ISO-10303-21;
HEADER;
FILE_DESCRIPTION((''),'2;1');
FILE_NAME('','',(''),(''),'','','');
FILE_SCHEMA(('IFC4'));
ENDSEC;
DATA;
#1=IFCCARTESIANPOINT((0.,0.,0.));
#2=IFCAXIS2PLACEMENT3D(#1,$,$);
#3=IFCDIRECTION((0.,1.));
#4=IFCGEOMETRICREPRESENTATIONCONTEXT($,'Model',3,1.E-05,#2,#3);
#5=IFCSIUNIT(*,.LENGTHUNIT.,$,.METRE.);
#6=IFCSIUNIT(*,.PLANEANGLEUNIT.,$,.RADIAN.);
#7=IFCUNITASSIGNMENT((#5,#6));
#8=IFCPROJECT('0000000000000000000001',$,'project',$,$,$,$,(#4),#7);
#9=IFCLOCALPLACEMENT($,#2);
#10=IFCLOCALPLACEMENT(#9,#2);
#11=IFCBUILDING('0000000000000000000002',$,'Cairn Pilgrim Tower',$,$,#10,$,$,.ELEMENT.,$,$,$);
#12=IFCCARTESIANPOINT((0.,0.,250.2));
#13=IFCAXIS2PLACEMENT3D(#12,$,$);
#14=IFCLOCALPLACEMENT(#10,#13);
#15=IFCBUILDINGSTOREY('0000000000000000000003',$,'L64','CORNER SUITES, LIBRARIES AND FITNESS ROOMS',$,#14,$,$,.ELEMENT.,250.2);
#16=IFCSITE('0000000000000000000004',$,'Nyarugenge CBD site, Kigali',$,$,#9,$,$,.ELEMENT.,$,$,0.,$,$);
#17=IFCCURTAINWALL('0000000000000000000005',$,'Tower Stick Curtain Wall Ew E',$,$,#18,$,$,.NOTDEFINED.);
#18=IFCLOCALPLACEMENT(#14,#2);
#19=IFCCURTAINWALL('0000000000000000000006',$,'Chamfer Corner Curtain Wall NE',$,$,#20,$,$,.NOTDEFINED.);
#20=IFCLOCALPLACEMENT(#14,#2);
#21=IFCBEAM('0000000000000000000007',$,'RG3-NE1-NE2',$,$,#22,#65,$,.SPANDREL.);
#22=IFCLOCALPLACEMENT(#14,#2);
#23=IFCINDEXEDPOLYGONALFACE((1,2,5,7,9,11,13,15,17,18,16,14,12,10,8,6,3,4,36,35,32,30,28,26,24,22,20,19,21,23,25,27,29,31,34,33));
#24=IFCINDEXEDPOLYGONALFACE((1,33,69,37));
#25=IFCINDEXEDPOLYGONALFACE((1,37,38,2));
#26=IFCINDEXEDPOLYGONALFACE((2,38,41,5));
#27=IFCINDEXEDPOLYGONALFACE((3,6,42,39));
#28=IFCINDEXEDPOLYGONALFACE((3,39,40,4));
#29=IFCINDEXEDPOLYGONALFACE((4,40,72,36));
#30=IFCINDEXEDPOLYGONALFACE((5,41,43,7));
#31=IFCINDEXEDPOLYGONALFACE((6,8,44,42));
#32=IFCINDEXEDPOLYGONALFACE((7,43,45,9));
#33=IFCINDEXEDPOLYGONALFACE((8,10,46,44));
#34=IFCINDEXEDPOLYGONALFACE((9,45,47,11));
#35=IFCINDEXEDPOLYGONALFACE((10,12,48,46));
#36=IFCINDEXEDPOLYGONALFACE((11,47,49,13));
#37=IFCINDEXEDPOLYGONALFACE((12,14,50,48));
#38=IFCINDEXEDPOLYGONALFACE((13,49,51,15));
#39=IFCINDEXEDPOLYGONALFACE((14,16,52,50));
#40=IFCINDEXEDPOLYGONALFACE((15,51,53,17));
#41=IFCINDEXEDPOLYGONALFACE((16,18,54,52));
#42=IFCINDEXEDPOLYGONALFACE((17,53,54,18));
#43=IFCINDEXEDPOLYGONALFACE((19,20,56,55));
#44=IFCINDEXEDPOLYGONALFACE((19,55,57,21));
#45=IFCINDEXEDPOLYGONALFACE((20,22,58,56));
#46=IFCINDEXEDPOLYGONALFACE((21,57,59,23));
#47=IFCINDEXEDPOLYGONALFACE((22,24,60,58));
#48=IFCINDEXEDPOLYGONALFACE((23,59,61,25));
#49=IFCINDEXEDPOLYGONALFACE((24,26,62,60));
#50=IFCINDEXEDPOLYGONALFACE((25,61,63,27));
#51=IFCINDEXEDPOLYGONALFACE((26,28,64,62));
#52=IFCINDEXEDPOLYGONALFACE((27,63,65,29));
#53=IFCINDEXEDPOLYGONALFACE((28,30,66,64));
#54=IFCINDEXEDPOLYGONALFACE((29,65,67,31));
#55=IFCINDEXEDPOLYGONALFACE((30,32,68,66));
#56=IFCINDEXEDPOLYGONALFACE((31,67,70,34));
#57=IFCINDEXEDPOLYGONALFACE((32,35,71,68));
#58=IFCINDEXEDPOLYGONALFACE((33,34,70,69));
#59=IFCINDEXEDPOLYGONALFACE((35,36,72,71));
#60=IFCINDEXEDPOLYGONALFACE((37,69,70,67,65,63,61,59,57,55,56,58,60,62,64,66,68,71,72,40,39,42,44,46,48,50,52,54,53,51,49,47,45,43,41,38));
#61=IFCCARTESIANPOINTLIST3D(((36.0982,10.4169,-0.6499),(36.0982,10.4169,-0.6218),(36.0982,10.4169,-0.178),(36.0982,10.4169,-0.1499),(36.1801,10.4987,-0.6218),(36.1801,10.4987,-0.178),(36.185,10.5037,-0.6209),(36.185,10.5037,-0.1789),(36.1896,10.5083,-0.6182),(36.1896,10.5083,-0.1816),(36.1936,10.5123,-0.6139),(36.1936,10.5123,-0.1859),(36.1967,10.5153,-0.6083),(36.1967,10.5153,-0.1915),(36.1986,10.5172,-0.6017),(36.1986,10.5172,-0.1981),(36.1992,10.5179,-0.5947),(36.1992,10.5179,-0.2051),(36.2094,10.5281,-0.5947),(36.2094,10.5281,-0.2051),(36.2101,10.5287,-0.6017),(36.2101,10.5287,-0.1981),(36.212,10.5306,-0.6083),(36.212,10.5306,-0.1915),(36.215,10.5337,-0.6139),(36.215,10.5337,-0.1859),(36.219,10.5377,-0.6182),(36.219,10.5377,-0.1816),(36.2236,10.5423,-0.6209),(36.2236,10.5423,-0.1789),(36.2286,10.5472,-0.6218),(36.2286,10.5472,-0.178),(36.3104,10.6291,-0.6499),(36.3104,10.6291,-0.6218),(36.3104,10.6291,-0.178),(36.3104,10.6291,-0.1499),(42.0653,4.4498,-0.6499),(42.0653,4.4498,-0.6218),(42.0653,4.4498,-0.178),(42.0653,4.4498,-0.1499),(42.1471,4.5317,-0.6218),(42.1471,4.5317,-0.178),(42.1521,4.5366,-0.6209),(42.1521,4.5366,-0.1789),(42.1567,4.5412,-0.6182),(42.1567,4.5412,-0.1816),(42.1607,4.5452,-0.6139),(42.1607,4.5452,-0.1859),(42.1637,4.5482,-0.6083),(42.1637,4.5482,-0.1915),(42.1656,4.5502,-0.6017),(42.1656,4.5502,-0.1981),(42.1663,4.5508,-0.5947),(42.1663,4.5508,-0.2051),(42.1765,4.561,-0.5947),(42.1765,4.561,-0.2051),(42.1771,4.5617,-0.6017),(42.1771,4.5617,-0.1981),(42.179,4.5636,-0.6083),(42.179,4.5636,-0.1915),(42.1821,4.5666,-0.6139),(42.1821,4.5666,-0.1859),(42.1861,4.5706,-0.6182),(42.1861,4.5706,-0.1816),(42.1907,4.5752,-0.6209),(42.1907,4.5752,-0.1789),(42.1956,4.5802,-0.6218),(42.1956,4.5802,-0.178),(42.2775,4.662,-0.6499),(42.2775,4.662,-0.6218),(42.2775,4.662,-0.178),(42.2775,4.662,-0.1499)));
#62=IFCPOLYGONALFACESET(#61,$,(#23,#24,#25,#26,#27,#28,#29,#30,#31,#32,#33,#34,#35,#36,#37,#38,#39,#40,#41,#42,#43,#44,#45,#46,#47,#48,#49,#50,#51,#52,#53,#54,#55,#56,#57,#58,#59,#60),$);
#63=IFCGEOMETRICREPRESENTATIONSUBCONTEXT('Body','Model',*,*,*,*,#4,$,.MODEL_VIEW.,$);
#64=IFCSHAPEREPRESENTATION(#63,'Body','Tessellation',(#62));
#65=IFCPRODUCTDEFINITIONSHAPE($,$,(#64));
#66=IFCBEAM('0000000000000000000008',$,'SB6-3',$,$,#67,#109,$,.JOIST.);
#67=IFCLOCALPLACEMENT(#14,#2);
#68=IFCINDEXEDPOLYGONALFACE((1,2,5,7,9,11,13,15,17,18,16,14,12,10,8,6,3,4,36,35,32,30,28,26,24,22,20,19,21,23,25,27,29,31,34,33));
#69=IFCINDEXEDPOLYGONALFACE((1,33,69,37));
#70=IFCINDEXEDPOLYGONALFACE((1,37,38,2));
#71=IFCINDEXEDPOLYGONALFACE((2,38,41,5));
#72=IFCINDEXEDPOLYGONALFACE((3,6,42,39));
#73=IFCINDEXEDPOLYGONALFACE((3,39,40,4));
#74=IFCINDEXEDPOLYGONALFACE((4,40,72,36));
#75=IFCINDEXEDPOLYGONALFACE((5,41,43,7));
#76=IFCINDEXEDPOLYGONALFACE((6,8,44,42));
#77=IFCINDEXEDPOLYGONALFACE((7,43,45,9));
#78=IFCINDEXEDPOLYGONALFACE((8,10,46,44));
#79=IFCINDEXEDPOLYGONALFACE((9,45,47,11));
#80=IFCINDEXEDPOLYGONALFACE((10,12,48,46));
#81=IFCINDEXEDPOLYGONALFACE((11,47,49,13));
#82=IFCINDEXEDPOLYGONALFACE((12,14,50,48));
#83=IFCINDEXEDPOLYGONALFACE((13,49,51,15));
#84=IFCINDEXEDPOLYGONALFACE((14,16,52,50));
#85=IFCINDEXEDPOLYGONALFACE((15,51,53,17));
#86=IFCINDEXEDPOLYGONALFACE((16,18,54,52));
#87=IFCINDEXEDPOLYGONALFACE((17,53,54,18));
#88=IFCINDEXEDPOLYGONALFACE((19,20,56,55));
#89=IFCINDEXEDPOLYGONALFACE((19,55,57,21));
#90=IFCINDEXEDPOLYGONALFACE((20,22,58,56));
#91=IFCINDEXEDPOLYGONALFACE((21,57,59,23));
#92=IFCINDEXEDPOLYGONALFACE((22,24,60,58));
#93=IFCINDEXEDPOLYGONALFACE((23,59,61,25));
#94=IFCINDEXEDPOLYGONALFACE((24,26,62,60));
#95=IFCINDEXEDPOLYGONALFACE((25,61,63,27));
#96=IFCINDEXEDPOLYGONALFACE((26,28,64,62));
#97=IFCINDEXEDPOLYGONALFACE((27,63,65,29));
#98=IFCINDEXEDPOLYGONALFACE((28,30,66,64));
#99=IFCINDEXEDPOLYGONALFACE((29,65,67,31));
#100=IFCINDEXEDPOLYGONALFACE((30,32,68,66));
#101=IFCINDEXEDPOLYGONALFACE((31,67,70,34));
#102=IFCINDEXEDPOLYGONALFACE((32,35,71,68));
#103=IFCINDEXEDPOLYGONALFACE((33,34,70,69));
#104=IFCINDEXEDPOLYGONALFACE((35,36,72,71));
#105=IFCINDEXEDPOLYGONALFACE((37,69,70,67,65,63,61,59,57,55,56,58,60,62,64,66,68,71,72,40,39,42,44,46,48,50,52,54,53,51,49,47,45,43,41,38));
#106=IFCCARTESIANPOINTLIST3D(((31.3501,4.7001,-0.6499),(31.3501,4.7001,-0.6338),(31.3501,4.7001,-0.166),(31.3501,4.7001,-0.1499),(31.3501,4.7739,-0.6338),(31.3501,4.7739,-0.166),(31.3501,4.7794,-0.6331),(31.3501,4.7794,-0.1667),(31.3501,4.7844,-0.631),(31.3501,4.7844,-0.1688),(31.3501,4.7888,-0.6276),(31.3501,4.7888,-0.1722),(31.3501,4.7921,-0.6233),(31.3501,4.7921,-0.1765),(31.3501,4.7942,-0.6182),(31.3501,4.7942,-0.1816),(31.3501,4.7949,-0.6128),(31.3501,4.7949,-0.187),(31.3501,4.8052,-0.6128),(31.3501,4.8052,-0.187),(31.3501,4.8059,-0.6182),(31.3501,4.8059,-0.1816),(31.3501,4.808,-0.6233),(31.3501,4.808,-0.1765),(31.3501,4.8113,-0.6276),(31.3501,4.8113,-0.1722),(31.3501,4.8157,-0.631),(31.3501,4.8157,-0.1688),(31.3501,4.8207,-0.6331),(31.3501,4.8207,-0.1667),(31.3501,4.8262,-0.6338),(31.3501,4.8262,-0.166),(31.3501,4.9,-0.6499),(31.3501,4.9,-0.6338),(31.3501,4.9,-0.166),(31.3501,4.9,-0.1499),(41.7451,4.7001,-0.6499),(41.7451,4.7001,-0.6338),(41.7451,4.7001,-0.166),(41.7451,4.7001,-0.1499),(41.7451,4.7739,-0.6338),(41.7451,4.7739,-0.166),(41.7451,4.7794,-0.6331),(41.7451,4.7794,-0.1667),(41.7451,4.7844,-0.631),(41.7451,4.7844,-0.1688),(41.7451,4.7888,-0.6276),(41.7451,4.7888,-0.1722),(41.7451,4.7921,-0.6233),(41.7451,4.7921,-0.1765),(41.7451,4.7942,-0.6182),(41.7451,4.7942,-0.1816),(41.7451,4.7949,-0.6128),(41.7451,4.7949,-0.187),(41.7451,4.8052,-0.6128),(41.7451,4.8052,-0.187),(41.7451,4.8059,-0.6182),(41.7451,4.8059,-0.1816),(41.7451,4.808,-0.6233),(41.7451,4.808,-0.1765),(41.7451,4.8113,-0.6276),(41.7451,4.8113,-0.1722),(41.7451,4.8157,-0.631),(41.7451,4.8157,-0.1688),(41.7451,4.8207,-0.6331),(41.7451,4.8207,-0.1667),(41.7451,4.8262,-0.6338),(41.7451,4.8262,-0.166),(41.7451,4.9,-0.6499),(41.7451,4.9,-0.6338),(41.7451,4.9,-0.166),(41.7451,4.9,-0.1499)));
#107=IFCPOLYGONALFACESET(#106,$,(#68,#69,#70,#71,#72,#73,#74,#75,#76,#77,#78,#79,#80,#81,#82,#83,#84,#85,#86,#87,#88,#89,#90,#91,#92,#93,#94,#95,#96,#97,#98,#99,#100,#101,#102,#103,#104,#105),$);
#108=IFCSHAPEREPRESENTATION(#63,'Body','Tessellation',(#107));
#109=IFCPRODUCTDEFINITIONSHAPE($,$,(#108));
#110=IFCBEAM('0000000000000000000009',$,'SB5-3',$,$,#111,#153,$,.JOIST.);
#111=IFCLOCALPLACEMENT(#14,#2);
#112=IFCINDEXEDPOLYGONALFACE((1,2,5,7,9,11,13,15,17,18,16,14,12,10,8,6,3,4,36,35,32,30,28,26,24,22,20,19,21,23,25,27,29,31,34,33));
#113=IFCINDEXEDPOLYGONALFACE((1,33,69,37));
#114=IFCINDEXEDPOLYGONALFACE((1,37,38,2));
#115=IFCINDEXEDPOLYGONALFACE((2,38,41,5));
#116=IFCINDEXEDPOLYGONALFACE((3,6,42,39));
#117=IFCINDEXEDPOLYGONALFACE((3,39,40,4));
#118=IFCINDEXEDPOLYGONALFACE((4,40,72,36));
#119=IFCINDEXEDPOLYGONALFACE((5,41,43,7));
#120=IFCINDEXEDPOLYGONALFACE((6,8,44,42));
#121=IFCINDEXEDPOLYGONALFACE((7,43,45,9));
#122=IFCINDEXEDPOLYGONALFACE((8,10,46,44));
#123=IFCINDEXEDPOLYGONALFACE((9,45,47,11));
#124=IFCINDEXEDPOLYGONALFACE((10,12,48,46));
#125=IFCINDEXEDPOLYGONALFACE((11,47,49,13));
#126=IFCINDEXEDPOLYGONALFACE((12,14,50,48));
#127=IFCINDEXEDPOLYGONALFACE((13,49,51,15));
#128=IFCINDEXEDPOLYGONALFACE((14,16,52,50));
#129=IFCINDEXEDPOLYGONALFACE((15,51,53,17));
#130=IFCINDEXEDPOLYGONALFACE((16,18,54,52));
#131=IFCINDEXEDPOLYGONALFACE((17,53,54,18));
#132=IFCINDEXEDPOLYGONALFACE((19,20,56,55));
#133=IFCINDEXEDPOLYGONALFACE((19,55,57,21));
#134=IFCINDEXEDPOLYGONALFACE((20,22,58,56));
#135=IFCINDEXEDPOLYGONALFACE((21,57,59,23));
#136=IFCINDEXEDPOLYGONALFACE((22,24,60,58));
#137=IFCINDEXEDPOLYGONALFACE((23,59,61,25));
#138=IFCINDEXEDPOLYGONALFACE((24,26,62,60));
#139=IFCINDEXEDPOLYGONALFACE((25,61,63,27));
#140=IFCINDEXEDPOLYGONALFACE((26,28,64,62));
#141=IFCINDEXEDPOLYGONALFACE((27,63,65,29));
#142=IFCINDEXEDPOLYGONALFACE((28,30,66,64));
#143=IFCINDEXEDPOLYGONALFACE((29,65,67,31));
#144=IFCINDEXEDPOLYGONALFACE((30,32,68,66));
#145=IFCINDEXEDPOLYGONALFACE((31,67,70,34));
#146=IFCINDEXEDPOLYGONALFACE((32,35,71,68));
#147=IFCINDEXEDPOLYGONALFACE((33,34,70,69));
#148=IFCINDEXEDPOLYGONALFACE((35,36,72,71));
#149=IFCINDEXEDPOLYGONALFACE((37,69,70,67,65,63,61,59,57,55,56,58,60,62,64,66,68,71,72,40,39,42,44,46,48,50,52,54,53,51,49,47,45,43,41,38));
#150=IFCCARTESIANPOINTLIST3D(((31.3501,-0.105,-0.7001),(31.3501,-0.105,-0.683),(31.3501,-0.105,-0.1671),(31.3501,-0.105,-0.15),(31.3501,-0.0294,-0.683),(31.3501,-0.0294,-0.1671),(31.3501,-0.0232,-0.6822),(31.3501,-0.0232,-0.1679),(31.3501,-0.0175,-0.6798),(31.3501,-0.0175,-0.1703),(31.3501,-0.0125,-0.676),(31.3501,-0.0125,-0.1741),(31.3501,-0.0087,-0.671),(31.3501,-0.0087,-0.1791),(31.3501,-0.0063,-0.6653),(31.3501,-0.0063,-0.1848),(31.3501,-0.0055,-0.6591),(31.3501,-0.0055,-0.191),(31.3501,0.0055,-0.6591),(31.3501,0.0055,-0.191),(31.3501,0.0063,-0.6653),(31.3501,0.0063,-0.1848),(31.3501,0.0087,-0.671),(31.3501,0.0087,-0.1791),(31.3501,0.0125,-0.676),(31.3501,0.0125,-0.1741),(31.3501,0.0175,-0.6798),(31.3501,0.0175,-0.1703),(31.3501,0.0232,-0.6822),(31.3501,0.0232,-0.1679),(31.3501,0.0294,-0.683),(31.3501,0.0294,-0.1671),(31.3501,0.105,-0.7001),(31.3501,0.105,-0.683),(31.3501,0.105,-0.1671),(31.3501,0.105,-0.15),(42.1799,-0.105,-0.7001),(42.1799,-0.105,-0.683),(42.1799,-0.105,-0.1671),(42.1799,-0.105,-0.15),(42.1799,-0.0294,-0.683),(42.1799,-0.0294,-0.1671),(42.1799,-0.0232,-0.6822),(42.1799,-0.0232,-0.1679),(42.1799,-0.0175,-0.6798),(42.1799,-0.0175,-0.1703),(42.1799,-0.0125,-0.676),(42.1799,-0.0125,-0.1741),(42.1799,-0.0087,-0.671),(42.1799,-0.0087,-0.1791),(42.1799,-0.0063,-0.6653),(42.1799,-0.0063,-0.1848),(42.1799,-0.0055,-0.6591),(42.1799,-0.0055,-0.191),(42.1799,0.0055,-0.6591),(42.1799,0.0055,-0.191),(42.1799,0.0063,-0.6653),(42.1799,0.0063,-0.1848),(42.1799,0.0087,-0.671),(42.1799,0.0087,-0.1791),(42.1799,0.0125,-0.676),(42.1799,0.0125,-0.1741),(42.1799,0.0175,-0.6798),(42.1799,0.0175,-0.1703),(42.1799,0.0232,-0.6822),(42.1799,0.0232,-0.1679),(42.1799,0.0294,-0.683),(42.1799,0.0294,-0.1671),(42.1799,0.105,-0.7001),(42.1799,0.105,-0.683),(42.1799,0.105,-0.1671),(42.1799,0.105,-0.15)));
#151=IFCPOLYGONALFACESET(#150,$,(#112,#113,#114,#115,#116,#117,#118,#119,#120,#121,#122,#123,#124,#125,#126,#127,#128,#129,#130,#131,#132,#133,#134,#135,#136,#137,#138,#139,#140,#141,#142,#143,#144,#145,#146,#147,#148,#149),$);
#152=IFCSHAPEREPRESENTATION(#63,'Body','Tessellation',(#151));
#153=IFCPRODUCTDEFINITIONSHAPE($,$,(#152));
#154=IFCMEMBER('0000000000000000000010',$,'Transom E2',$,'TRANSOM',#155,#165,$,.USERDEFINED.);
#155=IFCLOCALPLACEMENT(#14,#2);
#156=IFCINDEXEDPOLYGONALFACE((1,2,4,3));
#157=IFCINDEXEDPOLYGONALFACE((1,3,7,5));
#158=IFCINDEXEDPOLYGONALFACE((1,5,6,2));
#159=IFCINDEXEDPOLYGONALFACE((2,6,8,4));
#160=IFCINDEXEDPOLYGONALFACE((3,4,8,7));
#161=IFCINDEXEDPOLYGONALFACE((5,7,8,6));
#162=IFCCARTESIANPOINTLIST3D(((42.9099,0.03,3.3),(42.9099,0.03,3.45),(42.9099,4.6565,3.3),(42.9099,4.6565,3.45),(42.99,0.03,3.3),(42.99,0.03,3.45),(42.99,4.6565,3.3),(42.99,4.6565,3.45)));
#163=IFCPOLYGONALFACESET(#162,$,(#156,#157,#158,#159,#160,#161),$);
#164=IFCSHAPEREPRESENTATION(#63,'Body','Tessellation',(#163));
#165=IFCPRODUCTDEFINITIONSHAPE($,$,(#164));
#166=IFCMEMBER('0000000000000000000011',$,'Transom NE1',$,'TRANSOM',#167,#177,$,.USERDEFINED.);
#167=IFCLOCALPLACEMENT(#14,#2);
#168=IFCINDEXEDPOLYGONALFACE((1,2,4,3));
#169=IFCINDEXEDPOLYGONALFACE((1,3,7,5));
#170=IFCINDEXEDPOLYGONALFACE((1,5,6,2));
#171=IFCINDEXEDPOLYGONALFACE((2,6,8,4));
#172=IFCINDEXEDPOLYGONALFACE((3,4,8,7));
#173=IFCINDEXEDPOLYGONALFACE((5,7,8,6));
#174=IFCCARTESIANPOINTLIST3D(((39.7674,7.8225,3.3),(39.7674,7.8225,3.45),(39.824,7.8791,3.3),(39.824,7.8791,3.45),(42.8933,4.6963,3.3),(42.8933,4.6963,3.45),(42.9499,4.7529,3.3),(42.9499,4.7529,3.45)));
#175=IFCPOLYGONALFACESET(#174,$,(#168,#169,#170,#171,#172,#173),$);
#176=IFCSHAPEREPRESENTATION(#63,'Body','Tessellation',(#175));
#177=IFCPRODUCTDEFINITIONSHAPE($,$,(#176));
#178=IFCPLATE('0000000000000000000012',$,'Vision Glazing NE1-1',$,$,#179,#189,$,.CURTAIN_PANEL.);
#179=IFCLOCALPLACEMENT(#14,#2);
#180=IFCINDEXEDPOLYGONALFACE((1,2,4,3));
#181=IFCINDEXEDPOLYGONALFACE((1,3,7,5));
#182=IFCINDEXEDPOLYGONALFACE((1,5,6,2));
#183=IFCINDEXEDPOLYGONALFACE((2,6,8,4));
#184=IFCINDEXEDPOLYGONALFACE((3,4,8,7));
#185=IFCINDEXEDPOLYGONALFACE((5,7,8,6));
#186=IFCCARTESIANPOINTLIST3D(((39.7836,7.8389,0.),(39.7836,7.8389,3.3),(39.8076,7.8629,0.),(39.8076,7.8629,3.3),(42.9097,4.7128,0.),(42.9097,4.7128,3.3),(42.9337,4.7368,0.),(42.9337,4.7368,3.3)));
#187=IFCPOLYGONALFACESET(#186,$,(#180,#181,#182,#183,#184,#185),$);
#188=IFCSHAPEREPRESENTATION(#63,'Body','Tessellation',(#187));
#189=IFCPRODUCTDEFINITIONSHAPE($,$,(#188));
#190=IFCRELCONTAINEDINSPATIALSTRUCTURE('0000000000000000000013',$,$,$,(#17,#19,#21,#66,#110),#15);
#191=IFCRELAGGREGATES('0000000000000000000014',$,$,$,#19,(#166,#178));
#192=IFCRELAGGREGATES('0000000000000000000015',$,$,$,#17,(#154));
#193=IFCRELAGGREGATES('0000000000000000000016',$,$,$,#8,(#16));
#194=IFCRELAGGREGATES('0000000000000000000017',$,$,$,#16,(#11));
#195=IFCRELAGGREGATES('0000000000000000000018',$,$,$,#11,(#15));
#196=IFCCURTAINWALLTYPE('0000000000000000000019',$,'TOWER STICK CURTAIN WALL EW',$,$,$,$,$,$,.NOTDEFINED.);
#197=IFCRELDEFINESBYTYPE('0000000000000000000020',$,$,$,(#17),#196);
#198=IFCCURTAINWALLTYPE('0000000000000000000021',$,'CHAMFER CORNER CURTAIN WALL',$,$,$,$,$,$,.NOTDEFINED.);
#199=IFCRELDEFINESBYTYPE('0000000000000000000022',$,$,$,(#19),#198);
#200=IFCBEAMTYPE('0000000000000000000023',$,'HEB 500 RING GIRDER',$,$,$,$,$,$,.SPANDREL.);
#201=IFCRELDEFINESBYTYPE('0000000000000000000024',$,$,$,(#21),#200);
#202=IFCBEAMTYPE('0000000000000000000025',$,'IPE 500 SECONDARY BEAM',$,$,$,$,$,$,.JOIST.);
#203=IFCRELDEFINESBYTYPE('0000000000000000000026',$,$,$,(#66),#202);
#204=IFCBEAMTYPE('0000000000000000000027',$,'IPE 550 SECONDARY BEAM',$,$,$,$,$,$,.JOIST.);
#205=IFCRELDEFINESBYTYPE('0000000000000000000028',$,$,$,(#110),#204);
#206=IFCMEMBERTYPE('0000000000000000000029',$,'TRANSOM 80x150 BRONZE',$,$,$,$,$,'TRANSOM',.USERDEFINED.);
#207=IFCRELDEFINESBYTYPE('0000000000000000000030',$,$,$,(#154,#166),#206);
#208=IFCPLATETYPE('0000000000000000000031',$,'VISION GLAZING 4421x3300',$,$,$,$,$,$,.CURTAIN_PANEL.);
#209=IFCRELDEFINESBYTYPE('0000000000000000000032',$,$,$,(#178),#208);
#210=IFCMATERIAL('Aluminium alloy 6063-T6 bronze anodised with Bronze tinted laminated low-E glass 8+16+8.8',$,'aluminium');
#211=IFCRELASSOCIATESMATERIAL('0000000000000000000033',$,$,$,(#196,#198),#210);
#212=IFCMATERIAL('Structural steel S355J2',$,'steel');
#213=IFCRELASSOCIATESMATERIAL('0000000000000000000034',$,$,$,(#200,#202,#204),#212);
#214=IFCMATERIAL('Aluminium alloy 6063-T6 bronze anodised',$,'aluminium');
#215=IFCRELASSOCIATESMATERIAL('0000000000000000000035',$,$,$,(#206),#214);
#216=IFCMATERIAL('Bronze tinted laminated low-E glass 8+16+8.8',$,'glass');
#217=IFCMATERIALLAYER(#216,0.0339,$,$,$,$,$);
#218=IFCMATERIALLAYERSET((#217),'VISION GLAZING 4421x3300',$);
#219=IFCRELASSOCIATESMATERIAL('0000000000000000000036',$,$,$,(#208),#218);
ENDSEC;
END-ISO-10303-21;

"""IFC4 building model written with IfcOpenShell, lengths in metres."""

from ifc_helpers import new_model, si_unit, direction, frame, origin, origin_2d, place, context, subcontext, project, spatial, rectangle, i_section, extrude, material, layer, layer_set, material_profile, profile_set, type_object, element, aggregate, save


model = new_model("IFC4")

# Units and contexts
model_context = context("Model", 3, precision=1e-05, world=origin(), true_north=direction((0.0, 1.0)))
body_context = subcontext(model_context, "Body", "Model", "MODEL_VIEW")
ifc_project = project(units=[si_unit("LENGTHUNIT", "METRE"), si_unit("PLANEANGLEUNIT", "RADIAN")], contexts=[model_context])

# Site, building, storey
site_placement = place(None, origin())
site = spatial("IfcSite", under=ifc_project, at=site_placement, Name="Nyarugenge CBD site, Kigali", CompositionType="ELEMENT", RefElevation=0.0)
building_placement = place(site_placement, origin())
building = spatial("IfcBuilding", under=site, at=building_placement, Name="Cairn Pilgrim Tower", CompositionType="ELEMENT")
storey_placement = place(building_placement, frame((0.0, 0.0, 250.2)))
storey = spatial("IfcBuildingStorey", under=building, at=storey_placement, Name="L64", Description="CORNER SUITES, LIBRARIES AND FITNESS ROOMS", CompositionType="ELEMENT", Elevation=250.2)

# Shared definitions
ifc_material_1 = material(Name="Structural steel S355J2", Category="steel")

# Curtain walls
ifc_material_2 = material(Name="Aluminium alloy 6063-T6 bronze anodised with Bronze tinted laminated low-E glass 8+16+8.8", Category="aluminium")
curtain_wall_type_1 = type_object("IfcCurtainWallType", Name="TOWER STICK CURTAIN WALL EW", PredefinedType="NOTDEFINED", material=ifc_material_2)
curtain_wall_1_placement = place(storey_placement, origin())
curtain_wall_1 = element("IfcCurtainWall", 1, at=curtain_wall_1_placement, inside=storey, type_object=curtain_wall_type_1, Name="Tower Stick Curtain Wall Ew E", PredefinedType="NOTDEFINED")
ifc_material_3 = material(Name="Aluminium alloy 6063-T6 bronze anodised", Category="aluminium")
curtain_wall_type_2 = type_object("IfcCurtainWallType", Name="CHAMFER CORNER CURTAIN WALL", PredefinedType="NOTDEFINED", material=ifc_material_2)
curtain_wall_2_placement = place(storey_placement, origin())
curtain_wall_2 = element("IfcCurtainWall", 2, at=curtain_wall_2_placement, inside=storey, type_object=curtain_wall_type_2, Name="Chamfer Corner Curtain Wall NE", PredefinedType="NOTDEFINED")

# Beams
ifc_material_profile_1 = material_profile(ifc_material_1, i_section(OverallWidth=0.3, OverallDepth=0.5, WebThickness=0.0144, FlangeThickness=0.0281, FilletRadius=0.0271, at=origin_2d()), Name="HEB 500")
ifc_profile_set_1 = profile_set([ifc_material_profile_1], Name="Structural steel S355J2")
beam_type_1 = type_object("IfcBeamType", Name="HEB 500 RING GIRDER", PredefinedType="SPANDREL", material=ifc_profile_set_1)
beam_1_placement = place(storey_placement, frame((42.1714, 4.5559, -0.3999), z_axis=(-0.707107, 0.707107, 0.0), x_axis=(-0.707107, -0.707107, 0.0)))
element("IfcBeam", 3, at=beam_1_placement, inside=storey, type_object=beam_type_1, Name="RG3-NE1-NE2", PredefinedType="SPANDREL", context=body_context, shape_type="SweptSolid", body=[
    extrude(i_section(OverallWidth=0.3, OverallDepth=0.5, WebThickness=0.0144, FlangeThickness=0.0281, FilletRadius=0.0271, at=origin_2d()), origin(), (0.0, 0.0, 1.0), 8.4387),
])
ifc_material_profile_2 = material_profile(ifc_material_1, i_section(OverallWidth=0.2, OverallDepth=0.5, WebThickness=0.0103, FlangeThickness=0.0161, FilletRadius=0.021, at=origin_2d()), Name="IPE 500")
ifc_profile_set_2 = profile_set([ifc_material_profile_2], Name="Structural steel S355J2")
beam_type_2 = type_object("IfcBeamType", Name="IPE 500 SECONDARY BEAM", PredefinedType="JOIST", material=ifc_profile_set_2)
beam_2_placement = place(storey_placement, frame((31.3501, 4.8, -0.3999), z_axis=(1.0, 0.0, 0.0), x_axis=(0.0, 1.0, 0.0)))
element("IfcBeam", 4, at=beam_2_placement, inside=storey, type_object=beam_type_2, Name="SB6-3", PredefinedType="JOIST", context=body_context, shape_type="SweptSolid", body=[
    extrude(i_section(OverallWidth=0.2, OverallDepth=0.5, WebThickness=0.0103, FlangeThickness=0.0161, FilletRadius=0.021, at=origin_2d()), origin(), (0.0, 0.0, 1.0), 10.395),
])
ifc_material_profile_3 = material_profile(ifc_material_1, i_section(OverallWidth=0.21, OverallDepth=0.55, WebThickness=0.011, FlangeThickness=0.0171, FilletRadius=0.0239, at=origin_2d()), Name="IPE 550")
ifc_profile_set_3 = profile_set([ifc_material_profile_3], Name="Structural steel S355J2")
beam_type_3 = type_object("IfcBeamType", Name="IPE 550 SECONDARY BEAM", PredefinedType="JOIST", material=ifc_profile_set_3)
beam_3_placement = place(storey_placement, frame((31.3501, 0.0, -0.425), z_axis=(1.0, 0.0, 0.0), x_axis=(0.0, 1.0, 0.0)))
element("IfcBeam", 5, at=beam_3_placement, inside=storey, type_object=beam_type_3, Name="SB5-3", PredefinedType="JOIST", context=body_context, shape_type="SweptSolid", body=[
    extrude(i_section(OverallWidth=0.21, OverallDepth=0.55, WebThickness=0.011, FlangeThickness=0.0171, FilletRadius=0.0239, at=origin_2d()), origin(), (0.0, 0.0, 1.0), 10.8298),
])

# Members
ifc_material_profile_4 = material_profile(ifc_material_3, rectangle(XDim=0.0801, YDim=0.1499, at=origin_2d()), Name="TRANSOM 80x150 BRONZE")
ifc_profile_set_4 = profile_set([ifc_material_profile_4], Name="Aluminium alloy 6063-T6 bronze anodised")
member_type_1 = type_object("IfcMemberType", Name="TRANSOM 80x150 BRONZE", ElementType="TRANSOM", PredefinedType="USERDEFINED", material=ifc_profile_set_4)
member_1_placement = place(storey_placement, frame((42.95, 0.03, 3.375), z_axis=(0.0, 1.0, 0.0), x_axis=(-1.0, 0.0, 0.0)))
member_1 = element("IfcMember", 6, at=member_1_placement, type_object=member_type_1, Name="Transom E2", ObjectType="TRANSOM", PredefinedType="USERDEFINED", context=body_context, shape_type="SweptSolid", body=[
    extrude(rectangle(XDim=0.0801, YDim=0.1499, at=origin_2d()), origin(), (0.0, 0.0, 1.0), 4.6265),
])
member_2_placement = place(storey_placement, frame((42.9216, 4.7246, 3.375), z_axis=(-0.707079, 0.707134, 0.0), x_axis=(-0.707134, -0.707079, 0.0)))
member_2 = element("IfcMember", 7, at=member_2_placement, type_object=member_type_1, Name="Transom NE1", ObjectType="TRANSOM", PredefinedType="USERDEFINED", context=body_context, shape_type="SweptSolid", body=[
    extrude(rectangle(XDim=0.0801, YDim=0.1499, at=origin_2d()), origin(), (0.0, 0.0, 1.0), 4.4209),
])

# Plate
ifc_material_4 = material(Name="Bronze tinted laminated low-E glass 8+16+8.8", Category="glass")
ifc_layer_1 = layer(ifc_material_4, 0.0339)
ifc_layer_set_1 = layer_set([ifc_layer_1], Name="VISION GLAZING 4421x3300")
plate_type_1 = type_object("IfcPlateType", Name="VISION GLAZING 4421x3300", PredefinedType="CURTAIN_PANEL", material=ifc_layer_set_1)
plate_1_placement = place(storey_placement, frame((41.3586, 6.2878, 0.0), z_axis=(0.0, 0.0, 1.0), x_axis=(-0.707107, 0.707107, 0.0)))
plate_1 = element("IfcPlate", 8, at=plate_1_placement, type_object=plate_type_1, Name="Vision Glazing NE1-1", PredefinedType="CURTAIN_PANEL", context=body_context, shape_type="SweptSolid", body=[
    extrude(rectangle(XDim=4.4209, YDim=0.0339, at=origin_2d()), origin(), (0.0, 0.0, 1.0), 3.3),
])
aggregate(curtain_wall_2, [member_2, plate_1])
aggregate(curtain_wall_1, [member_1])

save(model, "model.ifc")
